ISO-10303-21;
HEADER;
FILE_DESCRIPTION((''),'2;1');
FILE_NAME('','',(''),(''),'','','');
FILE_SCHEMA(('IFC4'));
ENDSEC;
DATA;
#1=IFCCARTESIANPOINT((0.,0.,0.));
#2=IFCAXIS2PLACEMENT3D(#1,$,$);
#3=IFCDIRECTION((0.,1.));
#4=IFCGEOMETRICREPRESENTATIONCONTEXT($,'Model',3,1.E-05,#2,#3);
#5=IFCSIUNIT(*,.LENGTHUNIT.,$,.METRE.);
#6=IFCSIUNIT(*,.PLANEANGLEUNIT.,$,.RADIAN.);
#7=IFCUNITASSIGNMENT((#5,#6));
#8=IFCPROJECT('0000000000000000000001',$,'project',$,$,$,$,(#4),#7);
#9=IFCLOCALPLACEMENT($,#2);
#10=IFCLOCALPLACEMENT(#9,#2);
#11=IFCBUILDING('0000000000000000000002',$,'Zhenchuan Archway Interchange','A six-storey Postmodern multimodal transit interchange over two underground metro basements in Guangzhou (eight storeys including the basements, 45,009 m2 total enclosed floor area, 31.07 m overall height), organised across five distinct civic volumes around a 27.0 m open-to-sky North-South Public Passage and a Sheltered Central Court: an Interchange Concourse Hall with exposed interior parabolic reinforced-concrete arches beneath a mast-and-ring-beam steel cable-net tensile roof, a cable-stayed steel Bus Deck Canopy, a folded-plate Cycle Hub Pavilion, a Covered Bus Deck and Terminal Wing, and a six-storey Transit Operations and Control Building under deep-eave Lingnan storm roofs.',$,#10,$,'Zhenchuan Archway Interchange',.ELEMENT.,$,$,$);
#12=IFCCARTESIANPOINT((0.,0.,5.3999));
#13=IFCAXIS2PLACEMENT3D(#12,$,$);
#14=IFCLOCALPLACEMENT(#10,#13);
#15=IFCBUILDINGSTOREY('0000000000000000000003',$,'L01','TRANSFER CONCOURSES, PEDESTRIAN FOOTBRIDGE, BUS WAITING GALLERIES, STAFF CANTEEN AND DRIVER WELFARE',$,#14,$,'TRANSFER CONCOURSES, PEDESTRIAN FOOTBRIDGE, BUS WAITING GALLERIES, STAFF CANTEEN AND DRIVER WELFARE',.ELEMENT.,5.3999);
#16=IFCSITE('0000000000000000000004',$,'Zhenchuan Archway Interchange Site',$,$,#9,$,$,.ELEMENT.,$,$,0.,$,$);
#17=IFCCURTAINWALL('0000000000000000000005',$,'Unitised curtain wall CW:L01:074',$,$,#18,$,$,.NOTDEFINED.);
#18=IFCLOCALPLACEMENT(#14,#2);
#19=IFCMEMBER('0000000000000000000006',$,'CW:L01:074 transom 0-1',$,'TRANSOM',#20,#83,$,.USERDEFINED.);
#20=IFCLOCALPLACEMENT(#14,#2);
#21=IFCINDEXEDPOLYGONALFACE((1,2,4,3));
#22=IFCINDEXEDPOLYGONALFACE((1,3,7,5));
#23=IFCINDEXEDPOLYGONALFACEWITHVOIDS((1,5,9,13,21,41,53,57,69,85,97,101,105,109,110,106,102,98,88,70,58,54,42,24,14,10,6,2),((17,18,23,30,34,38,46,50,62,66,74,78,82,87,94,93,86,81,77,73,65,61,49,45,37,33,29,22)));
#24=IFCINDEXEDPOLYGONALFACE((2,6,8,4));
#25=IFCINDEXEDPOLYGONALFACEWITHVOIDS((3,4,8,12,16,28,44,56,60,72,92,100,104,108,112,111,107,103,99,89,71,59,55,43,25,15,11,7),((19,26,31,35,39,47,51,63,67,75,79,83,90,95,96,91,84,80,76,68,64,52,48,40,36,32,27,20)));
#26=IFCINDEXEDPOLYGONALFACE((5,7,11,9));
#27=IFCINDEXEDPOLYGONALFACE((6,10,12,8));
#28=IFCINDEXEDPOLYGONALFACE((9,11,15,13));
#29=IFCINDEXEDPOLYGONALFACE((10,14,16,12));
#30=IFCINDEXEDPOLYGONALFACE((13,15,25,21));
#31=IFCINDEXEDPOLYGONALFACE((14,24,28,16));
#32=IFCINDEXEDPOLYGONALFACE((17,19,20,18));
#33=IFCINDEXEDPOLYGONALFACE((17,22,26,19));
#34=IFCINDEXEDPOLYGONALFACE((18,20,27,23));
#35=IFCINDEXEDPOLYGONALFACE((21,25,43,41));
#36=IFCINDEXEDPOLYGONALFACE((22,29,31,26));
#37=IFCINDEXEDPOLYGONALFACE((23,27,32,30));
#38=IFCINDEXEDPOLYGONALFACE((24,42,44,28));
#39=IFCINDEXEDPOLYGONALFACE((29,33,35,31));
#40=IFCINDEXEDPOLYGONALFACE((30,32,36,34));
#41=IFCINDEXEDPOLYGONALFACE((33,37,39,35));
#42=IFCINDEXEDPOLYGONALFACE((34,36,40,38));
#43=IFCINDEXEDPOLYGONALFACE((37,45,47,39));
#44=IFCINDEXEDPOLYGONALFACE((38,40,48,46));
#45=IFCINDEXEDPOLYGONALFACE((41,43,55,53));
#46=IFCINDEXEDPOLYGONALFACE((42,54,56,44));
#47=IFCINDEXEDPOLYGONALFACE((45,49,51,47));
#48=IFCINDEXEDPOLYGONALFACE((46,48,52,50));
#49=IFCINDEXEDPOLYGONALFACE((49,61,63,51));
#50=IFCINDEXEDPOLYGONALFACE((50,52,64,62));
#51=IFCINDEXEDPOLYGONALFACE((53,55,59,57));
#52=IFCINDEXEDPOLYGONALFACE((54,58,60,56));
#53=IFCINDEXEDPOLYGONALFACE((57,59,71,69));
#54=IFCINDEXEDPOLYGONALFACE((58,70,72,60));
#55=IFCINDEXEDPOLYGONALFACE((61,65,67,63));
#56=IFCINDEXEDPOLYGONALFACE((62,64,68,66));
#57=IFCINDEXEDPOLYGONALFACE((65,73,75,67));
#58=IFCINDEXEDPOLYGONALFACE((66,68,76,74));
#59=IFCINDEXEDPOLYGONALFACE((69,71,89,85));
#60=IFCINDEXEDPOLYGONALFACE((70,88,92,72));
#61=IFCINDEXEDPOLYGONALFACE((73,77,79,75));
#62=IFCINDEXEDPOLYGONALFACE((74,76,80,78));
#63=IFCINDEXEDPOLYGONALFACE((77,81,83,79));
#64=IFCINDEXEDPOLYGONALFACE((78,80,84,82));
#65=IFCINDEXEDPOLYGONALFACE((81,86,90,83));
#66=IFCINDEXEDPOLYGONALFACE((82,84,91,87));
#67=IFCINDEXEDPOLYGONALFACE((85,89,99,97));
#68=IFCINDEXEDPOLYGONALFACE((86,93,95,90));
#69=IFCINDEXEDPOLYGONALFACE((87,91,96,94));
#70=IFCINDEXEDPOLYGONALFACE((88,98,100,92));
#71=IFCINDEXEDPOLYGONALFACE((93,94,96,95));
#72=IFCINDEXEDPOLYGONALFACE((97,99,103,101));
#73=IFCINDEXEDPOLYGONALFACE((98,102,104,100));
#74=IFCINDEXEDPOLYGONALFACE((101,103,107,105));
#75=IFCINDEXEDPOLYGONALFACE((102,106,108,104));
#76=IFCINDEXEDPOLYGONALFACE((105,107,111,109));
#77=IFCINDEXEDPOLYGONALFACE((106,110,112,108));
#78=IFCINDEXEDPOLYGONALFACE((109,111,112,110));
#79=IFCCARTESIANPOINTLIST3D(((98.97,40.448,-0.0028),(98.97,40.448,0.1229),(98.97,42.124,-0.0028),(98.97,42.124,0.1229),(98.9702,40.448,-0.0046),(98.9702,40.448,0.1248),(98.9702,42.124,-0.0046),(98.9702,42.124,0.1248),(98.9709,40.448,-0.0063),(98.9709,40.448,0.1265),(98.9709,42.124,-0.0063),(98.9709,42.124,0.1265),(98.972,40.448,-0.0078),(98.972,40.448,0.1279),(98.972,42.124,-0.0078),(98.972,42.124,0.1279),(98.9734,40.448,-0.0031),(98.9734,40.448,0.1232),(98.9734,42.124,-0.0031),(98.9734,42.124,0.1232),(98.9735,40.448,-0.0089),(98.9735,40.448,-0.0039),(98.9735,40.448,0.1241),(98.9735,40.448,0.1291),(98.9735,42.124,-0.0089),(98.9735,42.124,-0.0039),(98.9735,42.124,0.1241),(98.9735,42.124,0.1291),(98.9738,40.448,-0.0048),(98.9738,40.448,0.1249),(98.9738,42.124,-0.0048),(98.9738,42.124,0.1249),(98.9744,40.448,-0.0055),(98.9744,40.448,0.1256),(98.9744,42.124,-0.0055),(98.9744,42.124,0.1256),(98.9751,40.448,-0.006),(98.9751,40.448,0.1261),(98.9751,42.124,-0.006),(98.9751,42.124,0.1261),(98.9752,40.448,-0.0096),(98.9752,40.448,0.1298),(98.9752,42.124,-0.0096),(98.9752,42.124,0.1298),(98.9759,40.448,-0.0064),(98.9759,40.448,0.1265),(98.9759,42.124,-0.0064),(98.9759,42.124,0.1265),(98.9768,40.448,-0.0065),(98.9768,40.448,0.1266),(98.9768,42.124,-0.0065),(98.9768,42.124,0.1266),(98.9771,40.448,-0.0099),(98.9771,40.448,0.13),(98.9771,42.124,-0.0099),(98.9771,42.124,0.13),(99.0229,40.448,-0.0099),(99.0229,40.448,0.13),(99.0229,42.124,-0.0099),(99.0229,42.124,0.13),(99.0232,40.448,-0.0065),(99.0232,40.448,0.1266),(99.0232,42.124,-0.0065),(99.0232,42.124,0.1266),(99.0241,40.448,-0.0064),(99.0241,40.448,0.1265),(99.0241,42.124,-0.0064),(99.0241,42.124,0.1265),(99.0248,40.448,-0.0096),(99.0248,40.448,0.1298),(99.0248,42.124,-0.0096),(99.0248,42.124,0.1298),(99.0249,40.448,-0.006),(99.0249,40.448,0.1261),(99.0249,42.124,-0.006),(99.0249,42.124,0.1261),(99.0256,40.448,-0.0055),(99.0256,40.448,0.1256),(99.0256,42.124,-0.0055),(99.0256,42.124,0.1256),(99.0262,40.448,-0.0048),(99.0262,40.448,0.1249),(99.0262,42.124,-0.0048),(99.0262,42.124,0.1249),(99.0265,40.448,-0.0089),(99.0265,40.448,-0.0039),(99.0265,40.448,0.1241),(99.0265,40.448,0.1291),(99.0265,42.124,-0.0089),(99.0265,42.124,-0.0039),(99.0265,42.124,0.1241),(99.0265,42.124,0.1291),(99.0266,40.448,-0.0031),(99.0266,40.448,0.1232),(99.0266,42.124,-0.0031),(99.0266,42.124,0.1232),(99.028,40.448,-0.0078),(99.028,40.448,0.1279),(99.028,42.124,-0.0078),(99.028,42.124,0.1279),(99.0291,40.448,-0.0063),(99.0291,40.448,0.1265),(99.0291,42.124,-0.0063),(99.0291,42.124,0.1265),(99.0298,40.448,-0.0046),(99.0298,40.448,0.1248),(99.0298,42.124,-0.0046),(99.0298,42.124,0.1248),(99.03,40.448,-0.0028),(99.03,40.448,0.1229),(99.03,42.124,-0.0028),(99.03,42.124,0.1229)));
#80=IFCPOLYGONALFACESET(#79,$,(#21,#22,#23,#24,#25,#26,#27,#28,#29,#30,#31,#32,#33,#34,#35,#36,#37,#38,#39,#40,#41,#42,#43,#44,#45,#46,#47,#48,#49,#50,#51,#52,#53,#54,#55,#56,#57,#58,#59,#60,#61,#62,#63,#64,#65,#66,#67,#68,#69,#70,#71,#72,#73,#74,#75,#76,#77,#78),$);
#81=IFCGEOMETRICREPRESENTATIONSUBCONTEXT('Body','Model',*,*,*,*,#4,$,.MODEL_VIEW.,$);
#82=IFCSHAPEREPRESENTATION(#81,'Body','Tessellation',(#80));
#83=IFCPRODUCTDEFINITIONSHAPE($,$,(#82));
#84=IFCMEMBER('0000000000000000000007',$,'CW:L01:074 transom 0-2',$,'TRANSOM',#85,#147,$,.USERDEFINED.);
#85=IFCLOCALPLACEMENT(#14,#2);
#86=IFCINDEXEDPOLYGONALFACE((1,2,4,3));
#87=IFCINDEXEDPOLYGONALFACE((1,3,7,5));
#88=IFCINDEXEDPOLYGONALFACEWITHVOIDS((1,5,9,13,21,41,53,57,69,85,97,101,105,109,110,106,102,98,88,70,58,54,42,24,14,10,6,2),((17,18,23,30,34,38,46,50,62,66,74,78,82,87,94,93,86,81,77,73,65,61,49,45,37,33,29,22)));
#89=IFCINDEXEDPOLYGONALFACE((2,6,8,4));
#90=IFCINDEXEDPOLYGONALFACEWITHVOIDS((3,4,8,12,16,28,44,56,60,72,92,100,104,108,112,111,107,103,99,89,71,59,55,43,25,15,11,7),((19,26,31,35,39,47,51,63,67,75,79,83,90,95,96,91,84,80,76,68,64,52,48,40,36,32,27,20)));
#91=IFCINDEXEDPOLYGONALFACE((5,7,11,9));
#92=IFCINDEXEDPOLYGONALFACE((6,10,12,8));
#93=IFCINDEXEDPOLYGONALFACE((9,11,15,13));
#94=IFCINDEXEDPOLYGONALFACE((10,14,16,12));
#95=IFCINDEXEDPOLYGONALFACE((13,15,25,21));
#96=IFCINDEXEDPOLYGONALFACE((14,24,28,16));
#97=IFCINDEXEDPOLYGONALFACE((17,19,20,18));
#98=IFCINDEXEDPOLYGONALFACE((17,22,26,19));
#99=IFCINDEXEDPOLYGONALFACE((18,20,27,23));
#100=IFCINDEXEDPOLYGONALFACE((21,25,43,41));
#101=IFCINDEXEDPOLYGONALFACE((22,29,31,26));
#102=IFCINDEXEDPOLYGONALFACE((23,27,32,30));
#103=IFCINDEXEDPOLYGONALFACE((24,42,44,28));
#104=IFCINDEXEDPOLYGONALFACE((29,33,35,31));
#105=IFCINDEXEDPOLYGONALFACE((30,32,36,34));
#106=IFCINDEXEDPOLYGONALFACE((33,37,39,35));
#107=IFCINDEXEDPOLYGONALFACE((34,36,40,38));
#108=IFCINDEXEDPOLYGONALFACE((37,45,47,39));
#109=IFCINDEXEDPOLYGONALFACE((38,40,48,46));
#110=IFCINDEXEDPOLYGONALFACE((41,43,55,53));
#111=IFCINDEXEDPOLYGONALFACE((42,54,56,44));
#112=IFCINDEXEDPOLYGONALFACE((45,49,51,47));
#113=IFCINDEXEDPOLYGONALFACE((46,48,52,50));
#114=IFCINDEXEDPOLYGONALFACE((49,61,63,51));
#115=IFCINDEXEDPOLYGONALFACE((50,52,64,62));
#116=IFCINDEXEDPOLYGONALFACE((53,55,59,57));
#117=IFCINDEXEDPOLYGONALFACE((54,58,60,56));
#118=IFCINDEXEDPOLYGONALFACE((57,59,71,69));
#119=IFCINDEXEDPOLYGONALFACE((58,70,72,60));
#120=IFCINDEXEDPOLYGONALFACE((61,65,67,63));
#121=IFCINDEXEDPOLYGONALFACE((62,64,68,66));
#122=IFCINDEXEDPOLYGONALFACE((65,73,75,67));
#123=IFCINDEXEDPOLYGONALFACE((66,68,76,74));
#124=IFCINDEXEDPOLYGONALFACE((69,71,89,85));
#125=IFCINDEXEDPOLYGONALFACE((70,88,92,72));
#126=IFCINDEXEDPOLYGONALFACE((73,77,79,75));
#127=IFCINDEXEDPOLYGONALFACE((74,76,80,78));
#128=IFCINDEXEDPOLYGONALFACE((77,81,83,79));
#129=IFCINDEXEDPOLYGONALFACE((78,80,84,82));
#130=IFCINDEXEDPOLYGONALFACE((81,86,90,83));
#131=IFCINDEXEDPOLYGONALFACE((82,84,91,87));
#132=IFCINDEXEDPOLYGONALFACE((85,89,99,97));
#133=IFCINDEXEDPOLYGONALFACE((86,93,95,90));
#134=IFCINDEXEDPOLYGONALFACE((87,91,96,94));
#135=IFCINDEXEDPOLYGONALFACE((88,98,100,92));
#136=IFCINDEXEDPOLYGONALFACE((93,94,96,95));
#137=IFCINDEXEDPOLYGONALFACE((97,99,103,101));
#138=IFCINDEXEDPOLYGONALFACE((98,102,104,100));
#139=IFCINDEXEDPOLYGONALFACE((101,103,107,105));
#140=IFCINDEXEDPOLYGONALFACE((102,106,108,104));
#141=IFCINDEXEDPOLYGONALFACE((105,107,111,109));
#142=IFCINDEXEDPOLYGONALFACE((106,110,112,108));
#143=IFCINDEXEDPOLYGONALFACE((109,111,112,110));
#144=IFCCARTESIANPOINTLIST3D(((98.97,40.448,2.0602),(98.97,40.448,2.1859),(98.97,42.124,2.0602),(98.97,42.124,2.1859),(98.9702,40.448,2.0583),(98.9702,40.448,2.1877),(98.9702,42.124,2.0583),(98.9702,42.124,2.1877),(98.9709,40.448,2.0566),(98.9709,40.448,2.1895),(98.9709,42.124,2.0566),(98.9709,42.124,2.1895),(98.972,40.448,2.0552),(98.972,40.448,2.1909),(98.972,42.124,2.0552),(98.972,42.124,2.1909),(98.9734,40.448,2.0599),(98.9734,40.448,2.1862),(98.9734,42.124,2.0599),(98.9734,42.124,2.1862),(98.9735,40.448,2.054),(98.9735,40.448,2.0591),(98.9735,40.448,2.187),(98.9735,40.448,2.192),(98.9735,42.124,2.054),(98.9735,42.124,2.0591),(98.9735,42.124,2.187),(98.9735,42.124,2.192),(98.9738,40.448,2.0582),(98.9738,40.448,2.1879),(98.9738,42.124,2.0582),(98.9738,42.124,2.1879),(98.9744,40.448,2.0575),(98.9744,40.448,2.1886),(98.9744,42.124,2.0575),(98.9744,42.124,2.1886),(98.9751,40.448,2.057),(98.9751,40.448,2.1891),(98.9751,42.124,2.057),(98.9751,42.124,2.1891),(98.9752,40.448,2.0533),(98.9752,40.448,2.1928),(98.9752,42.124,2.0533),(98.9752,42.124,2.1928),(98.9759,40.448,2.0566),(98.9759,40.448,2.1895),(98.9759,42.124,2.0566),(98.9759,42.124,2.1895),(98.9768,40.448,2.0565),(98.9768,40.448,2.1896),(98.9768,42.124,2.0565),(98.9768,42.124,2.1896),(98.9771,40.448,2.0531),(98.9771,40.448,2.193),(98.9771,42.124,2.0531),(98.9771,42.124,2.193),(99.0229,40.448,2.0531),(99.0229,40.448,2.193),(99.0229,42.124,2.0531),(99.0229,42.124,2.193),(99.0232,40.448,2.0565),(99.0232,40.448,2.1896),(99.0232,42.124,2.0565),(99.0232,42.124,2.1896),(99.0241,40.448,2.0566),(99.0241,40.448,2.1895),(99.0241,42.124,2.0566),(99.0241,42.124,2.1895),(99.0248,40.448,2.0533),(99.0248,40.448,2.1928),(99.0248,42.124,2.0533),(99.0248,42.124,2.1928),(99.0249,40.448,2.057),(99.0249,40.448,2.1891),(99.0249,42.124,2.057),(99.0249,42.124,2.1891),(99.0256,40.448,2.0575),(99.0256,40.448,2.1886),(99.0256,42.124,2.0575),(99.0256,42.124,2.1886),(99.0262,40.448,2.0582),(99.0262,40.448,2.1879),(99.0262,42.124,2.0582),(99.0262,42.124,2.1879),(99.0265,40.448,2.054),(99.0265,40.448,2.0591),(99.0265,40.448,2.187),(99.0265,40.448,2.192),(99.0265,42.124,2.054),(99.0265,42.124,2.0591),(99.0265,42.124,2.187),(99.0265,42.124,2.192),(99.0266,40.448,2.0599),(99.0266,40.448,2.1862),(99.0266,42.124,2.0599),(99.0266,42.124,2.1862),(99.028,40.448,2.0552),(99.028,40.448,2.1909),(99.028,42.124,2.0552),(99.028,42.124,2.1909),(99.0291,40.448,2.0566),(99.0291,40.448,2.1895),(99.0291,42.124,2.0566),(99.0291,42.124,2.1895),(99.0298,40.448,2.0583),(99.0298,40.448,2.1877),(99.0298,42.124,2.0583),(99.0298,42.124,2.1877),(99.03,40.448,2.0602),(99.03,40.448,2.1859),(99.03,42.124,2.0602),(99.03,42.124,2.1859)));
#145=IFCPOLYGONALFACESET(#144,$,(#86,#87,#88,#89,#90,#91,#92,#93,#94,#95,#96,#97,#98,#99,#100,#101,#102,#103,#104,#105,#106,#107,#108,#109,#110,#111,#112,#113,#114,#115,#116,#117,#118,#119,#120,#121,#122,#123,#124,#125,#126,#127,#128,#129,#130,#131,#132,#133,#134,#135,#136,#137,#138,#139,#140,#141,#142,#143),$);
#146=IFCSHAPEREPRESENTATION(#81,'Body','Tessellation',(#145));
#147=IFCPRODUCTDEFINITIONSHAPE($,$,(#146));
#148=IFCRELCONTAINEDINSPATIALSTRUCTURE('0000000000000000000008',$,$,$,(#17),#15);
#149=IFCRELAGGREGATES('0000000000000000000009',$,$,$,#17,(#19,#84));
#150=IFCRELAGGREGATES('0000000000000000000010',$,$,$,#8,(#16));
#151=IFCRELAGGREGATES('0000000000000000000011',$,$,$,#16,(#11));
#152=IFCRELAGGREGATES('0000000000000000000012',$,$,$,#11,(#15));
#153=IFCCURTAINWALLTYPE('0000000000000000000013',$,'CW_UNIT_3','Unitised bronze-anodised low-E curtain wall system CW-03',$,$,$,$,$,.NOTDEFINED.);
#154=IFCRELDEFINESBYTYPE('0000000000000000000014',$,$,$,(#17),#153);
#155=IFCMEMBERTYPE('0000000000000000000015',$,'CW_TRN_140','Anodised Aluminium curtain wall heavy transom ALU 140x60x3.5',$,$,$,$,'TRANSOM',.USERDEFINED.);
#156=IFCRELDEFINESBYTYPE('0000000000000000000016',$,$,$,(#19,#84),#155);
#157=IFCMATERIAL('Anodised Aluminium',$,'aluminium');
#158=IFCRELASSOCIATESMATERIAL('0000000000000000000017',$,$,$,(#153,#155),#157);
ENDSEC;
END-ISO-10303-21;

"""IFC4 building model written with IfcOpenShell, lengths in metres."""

from ifc_helpers import new_model, si_unit, direction, frame, origin, origin_2d, place, context, subcontext, project, spatial, hollow_rectangle, extrude, material, material_profile, profile_set, type_object, element, aggregate, save


model = new_model("IFC4")

# Units and contexts
model_context = context("Model", 3, precision=1e-05, world=origin(), true_north=direction((0.0, 1.0)))
body_context = subcontext(model_context, "Body", "Model", "MODEL_VIEW")
ifc_project = project(units=[si_unit("LENGTHUNIT", "METRE"), si_unit("PLANEANGLEUNIT", "RADIAN")], contexts=[model_context])

# Site, building, storey
site_placement = place(None, origin())
site = spatial("IfcSite", under=ifc_project, at=site_placement, Name="Zhenchuan Archway Interchange Site", CompositionType="ELEMENT", RefElevation=0.0)
building_placement = place(site_placement, origin())
building = spatial("IfcBuilding", under=site, at=building_placement, Name="Zhenchuan Archway Interchange", Description="A six-storey Postmodern multimodal transit interchange over two underground metro basements in Guangzhou (eight storeys including the basements, 45,009 m2 total enclosed floor area, 31.07 m overall height), organised across five distinct civic volumes around a 27.0 m open-to-sky North-South Public Passage and a Sheltered Central Court: an Interchange Concourse Hall with exposed interior parabolic reinforced-concrete arches beneath a mast-and-ring-beam steel cable-net tensile roof, a cable-stayed steel Bus Deck Canopy, a folded-plate Cycle Hub Pavilion, a Covered Bus Deck and Terminal Wing, and a six-storey Transit Operations and Control Building under deep-eave Lingnan storm roofs.", LongName="Zhenchuan Archway Interchange", CompositionType="ELEMENT")
storey_placement = place(building_placement, frame((0.0, 0.0, 5.3999)))
storey = spatial("IfcBuildingStorey", under=building, at=storey_placement, Name="L01", Description="TRANSFER CONCOURSES, PEDESTRIAN FOOTBRIDGE, BUS WAITING GALLERIES, STAFF CANTEEN AND DRIVER WELFARE", LongName="TRANSFER CONCOURSES, PEDESTRIAN FOOTBRIDGE, BUS WAITING GALLERIES, STAFF CANTEEN AND DRIVER WELFARE", CompositionType="ELEMENT", Elevation=5.3999)

# Curtain wall
ifc_material_1 = material(Name="Anodised Aluminium", Category="aluminium")
curtain_wall_type_1 = type_object("IfcCurtainWallType", Name="CW_UNIT_3", Description="Unitised bronze-anodised low-E curtain wall system CW-03", PredefinedType="NOTDEFINED", material=ifc_material_1)
curtain_wall_1_placement = place(storey_placement, origin())
curtain_wall_1 = element("IfcCurtainWall", 1, at=curtain_wall_1_placement, inside=storey, type_object=curtain_wall_type_1, Name="Unitised curtain wall CW:L01:074", PredefinedType="NOTDEFINED")

# Members
ifc_material_profile_1 = material_profile(ifc_material_1, hollow_rectangle(XDim=0.0601, YDim=0.1399, WallThickness=0.0034, InnerFilletRadius=0.0034, OuterFilletRadius=0.0071, at=origin_2d()), Name="ALU 140x60x3.5")
ifc_profile_set_1 = profile_set([ifc_material_profile_1], Name="Anodised Aluminium")
member_type_1 = type_object("IfcMemberType", Name="CW_TRN_140", Description="Anodised Aluminium curtain wall heavy transom ALU 140x60x3.5", ElementType="TRANSOM", PredefinedType="USERDEFINED", material=ifc_profile_set_1)
member_1_placement = place(storey_placement, frame((99.0, 40.448, 0.0601), z_axis=(0.0, 1.0, 0.0), x_axis=(-1.0, 0.0, 0.0)))
member_1 = element("IfcMember", 2, at=member_1_placement, type_object=member_type_1, Name="CW:L01:074 transom 0-1", ObjectType="TRANSOM", PredefinedType="USERDEFINED", context=body_context, shape_type="SweptSolid", body=[
    extrude(hollow_rectangle(XDim=0.0601, YDim=0.1399, WallThickness=0.0034, InnerFilletRadius=0.0034, OuterFilletRadius=0.0071, at=origin_2d()), origin(), (0.0, 0.0, 1.0), 1.676),
])
member_2_placement = place(storey_placement, frame((99.0, 40.448, 2.123), z_axis=(0.0, 1.0, 0.0), x_axis=(-1.0, 0.0, 0.0)))
member_2 = element("IfcMember", 3, at=member_2_placement, type_object=member_type_1, Name="CW:L01:074 transom 0-2", ObjectType="TRANSOM", PredefinedType="USERDEFINED", context=body_context, shape_type="SweptSolid", body=[
    extrude(hollow_rectangle(XDim=0.0601, YDim=0.1399, WallThickness=0.0034, InnerFilletRadius=0.0034, OuterFilletRadius=0.0071, at=origin_2d()), origin(), (0.0, 0.0, 1.0), 1.676),
])

aggregate(curtain_wall_1, [member_1, member_2])

save(model, "model.ifc")
